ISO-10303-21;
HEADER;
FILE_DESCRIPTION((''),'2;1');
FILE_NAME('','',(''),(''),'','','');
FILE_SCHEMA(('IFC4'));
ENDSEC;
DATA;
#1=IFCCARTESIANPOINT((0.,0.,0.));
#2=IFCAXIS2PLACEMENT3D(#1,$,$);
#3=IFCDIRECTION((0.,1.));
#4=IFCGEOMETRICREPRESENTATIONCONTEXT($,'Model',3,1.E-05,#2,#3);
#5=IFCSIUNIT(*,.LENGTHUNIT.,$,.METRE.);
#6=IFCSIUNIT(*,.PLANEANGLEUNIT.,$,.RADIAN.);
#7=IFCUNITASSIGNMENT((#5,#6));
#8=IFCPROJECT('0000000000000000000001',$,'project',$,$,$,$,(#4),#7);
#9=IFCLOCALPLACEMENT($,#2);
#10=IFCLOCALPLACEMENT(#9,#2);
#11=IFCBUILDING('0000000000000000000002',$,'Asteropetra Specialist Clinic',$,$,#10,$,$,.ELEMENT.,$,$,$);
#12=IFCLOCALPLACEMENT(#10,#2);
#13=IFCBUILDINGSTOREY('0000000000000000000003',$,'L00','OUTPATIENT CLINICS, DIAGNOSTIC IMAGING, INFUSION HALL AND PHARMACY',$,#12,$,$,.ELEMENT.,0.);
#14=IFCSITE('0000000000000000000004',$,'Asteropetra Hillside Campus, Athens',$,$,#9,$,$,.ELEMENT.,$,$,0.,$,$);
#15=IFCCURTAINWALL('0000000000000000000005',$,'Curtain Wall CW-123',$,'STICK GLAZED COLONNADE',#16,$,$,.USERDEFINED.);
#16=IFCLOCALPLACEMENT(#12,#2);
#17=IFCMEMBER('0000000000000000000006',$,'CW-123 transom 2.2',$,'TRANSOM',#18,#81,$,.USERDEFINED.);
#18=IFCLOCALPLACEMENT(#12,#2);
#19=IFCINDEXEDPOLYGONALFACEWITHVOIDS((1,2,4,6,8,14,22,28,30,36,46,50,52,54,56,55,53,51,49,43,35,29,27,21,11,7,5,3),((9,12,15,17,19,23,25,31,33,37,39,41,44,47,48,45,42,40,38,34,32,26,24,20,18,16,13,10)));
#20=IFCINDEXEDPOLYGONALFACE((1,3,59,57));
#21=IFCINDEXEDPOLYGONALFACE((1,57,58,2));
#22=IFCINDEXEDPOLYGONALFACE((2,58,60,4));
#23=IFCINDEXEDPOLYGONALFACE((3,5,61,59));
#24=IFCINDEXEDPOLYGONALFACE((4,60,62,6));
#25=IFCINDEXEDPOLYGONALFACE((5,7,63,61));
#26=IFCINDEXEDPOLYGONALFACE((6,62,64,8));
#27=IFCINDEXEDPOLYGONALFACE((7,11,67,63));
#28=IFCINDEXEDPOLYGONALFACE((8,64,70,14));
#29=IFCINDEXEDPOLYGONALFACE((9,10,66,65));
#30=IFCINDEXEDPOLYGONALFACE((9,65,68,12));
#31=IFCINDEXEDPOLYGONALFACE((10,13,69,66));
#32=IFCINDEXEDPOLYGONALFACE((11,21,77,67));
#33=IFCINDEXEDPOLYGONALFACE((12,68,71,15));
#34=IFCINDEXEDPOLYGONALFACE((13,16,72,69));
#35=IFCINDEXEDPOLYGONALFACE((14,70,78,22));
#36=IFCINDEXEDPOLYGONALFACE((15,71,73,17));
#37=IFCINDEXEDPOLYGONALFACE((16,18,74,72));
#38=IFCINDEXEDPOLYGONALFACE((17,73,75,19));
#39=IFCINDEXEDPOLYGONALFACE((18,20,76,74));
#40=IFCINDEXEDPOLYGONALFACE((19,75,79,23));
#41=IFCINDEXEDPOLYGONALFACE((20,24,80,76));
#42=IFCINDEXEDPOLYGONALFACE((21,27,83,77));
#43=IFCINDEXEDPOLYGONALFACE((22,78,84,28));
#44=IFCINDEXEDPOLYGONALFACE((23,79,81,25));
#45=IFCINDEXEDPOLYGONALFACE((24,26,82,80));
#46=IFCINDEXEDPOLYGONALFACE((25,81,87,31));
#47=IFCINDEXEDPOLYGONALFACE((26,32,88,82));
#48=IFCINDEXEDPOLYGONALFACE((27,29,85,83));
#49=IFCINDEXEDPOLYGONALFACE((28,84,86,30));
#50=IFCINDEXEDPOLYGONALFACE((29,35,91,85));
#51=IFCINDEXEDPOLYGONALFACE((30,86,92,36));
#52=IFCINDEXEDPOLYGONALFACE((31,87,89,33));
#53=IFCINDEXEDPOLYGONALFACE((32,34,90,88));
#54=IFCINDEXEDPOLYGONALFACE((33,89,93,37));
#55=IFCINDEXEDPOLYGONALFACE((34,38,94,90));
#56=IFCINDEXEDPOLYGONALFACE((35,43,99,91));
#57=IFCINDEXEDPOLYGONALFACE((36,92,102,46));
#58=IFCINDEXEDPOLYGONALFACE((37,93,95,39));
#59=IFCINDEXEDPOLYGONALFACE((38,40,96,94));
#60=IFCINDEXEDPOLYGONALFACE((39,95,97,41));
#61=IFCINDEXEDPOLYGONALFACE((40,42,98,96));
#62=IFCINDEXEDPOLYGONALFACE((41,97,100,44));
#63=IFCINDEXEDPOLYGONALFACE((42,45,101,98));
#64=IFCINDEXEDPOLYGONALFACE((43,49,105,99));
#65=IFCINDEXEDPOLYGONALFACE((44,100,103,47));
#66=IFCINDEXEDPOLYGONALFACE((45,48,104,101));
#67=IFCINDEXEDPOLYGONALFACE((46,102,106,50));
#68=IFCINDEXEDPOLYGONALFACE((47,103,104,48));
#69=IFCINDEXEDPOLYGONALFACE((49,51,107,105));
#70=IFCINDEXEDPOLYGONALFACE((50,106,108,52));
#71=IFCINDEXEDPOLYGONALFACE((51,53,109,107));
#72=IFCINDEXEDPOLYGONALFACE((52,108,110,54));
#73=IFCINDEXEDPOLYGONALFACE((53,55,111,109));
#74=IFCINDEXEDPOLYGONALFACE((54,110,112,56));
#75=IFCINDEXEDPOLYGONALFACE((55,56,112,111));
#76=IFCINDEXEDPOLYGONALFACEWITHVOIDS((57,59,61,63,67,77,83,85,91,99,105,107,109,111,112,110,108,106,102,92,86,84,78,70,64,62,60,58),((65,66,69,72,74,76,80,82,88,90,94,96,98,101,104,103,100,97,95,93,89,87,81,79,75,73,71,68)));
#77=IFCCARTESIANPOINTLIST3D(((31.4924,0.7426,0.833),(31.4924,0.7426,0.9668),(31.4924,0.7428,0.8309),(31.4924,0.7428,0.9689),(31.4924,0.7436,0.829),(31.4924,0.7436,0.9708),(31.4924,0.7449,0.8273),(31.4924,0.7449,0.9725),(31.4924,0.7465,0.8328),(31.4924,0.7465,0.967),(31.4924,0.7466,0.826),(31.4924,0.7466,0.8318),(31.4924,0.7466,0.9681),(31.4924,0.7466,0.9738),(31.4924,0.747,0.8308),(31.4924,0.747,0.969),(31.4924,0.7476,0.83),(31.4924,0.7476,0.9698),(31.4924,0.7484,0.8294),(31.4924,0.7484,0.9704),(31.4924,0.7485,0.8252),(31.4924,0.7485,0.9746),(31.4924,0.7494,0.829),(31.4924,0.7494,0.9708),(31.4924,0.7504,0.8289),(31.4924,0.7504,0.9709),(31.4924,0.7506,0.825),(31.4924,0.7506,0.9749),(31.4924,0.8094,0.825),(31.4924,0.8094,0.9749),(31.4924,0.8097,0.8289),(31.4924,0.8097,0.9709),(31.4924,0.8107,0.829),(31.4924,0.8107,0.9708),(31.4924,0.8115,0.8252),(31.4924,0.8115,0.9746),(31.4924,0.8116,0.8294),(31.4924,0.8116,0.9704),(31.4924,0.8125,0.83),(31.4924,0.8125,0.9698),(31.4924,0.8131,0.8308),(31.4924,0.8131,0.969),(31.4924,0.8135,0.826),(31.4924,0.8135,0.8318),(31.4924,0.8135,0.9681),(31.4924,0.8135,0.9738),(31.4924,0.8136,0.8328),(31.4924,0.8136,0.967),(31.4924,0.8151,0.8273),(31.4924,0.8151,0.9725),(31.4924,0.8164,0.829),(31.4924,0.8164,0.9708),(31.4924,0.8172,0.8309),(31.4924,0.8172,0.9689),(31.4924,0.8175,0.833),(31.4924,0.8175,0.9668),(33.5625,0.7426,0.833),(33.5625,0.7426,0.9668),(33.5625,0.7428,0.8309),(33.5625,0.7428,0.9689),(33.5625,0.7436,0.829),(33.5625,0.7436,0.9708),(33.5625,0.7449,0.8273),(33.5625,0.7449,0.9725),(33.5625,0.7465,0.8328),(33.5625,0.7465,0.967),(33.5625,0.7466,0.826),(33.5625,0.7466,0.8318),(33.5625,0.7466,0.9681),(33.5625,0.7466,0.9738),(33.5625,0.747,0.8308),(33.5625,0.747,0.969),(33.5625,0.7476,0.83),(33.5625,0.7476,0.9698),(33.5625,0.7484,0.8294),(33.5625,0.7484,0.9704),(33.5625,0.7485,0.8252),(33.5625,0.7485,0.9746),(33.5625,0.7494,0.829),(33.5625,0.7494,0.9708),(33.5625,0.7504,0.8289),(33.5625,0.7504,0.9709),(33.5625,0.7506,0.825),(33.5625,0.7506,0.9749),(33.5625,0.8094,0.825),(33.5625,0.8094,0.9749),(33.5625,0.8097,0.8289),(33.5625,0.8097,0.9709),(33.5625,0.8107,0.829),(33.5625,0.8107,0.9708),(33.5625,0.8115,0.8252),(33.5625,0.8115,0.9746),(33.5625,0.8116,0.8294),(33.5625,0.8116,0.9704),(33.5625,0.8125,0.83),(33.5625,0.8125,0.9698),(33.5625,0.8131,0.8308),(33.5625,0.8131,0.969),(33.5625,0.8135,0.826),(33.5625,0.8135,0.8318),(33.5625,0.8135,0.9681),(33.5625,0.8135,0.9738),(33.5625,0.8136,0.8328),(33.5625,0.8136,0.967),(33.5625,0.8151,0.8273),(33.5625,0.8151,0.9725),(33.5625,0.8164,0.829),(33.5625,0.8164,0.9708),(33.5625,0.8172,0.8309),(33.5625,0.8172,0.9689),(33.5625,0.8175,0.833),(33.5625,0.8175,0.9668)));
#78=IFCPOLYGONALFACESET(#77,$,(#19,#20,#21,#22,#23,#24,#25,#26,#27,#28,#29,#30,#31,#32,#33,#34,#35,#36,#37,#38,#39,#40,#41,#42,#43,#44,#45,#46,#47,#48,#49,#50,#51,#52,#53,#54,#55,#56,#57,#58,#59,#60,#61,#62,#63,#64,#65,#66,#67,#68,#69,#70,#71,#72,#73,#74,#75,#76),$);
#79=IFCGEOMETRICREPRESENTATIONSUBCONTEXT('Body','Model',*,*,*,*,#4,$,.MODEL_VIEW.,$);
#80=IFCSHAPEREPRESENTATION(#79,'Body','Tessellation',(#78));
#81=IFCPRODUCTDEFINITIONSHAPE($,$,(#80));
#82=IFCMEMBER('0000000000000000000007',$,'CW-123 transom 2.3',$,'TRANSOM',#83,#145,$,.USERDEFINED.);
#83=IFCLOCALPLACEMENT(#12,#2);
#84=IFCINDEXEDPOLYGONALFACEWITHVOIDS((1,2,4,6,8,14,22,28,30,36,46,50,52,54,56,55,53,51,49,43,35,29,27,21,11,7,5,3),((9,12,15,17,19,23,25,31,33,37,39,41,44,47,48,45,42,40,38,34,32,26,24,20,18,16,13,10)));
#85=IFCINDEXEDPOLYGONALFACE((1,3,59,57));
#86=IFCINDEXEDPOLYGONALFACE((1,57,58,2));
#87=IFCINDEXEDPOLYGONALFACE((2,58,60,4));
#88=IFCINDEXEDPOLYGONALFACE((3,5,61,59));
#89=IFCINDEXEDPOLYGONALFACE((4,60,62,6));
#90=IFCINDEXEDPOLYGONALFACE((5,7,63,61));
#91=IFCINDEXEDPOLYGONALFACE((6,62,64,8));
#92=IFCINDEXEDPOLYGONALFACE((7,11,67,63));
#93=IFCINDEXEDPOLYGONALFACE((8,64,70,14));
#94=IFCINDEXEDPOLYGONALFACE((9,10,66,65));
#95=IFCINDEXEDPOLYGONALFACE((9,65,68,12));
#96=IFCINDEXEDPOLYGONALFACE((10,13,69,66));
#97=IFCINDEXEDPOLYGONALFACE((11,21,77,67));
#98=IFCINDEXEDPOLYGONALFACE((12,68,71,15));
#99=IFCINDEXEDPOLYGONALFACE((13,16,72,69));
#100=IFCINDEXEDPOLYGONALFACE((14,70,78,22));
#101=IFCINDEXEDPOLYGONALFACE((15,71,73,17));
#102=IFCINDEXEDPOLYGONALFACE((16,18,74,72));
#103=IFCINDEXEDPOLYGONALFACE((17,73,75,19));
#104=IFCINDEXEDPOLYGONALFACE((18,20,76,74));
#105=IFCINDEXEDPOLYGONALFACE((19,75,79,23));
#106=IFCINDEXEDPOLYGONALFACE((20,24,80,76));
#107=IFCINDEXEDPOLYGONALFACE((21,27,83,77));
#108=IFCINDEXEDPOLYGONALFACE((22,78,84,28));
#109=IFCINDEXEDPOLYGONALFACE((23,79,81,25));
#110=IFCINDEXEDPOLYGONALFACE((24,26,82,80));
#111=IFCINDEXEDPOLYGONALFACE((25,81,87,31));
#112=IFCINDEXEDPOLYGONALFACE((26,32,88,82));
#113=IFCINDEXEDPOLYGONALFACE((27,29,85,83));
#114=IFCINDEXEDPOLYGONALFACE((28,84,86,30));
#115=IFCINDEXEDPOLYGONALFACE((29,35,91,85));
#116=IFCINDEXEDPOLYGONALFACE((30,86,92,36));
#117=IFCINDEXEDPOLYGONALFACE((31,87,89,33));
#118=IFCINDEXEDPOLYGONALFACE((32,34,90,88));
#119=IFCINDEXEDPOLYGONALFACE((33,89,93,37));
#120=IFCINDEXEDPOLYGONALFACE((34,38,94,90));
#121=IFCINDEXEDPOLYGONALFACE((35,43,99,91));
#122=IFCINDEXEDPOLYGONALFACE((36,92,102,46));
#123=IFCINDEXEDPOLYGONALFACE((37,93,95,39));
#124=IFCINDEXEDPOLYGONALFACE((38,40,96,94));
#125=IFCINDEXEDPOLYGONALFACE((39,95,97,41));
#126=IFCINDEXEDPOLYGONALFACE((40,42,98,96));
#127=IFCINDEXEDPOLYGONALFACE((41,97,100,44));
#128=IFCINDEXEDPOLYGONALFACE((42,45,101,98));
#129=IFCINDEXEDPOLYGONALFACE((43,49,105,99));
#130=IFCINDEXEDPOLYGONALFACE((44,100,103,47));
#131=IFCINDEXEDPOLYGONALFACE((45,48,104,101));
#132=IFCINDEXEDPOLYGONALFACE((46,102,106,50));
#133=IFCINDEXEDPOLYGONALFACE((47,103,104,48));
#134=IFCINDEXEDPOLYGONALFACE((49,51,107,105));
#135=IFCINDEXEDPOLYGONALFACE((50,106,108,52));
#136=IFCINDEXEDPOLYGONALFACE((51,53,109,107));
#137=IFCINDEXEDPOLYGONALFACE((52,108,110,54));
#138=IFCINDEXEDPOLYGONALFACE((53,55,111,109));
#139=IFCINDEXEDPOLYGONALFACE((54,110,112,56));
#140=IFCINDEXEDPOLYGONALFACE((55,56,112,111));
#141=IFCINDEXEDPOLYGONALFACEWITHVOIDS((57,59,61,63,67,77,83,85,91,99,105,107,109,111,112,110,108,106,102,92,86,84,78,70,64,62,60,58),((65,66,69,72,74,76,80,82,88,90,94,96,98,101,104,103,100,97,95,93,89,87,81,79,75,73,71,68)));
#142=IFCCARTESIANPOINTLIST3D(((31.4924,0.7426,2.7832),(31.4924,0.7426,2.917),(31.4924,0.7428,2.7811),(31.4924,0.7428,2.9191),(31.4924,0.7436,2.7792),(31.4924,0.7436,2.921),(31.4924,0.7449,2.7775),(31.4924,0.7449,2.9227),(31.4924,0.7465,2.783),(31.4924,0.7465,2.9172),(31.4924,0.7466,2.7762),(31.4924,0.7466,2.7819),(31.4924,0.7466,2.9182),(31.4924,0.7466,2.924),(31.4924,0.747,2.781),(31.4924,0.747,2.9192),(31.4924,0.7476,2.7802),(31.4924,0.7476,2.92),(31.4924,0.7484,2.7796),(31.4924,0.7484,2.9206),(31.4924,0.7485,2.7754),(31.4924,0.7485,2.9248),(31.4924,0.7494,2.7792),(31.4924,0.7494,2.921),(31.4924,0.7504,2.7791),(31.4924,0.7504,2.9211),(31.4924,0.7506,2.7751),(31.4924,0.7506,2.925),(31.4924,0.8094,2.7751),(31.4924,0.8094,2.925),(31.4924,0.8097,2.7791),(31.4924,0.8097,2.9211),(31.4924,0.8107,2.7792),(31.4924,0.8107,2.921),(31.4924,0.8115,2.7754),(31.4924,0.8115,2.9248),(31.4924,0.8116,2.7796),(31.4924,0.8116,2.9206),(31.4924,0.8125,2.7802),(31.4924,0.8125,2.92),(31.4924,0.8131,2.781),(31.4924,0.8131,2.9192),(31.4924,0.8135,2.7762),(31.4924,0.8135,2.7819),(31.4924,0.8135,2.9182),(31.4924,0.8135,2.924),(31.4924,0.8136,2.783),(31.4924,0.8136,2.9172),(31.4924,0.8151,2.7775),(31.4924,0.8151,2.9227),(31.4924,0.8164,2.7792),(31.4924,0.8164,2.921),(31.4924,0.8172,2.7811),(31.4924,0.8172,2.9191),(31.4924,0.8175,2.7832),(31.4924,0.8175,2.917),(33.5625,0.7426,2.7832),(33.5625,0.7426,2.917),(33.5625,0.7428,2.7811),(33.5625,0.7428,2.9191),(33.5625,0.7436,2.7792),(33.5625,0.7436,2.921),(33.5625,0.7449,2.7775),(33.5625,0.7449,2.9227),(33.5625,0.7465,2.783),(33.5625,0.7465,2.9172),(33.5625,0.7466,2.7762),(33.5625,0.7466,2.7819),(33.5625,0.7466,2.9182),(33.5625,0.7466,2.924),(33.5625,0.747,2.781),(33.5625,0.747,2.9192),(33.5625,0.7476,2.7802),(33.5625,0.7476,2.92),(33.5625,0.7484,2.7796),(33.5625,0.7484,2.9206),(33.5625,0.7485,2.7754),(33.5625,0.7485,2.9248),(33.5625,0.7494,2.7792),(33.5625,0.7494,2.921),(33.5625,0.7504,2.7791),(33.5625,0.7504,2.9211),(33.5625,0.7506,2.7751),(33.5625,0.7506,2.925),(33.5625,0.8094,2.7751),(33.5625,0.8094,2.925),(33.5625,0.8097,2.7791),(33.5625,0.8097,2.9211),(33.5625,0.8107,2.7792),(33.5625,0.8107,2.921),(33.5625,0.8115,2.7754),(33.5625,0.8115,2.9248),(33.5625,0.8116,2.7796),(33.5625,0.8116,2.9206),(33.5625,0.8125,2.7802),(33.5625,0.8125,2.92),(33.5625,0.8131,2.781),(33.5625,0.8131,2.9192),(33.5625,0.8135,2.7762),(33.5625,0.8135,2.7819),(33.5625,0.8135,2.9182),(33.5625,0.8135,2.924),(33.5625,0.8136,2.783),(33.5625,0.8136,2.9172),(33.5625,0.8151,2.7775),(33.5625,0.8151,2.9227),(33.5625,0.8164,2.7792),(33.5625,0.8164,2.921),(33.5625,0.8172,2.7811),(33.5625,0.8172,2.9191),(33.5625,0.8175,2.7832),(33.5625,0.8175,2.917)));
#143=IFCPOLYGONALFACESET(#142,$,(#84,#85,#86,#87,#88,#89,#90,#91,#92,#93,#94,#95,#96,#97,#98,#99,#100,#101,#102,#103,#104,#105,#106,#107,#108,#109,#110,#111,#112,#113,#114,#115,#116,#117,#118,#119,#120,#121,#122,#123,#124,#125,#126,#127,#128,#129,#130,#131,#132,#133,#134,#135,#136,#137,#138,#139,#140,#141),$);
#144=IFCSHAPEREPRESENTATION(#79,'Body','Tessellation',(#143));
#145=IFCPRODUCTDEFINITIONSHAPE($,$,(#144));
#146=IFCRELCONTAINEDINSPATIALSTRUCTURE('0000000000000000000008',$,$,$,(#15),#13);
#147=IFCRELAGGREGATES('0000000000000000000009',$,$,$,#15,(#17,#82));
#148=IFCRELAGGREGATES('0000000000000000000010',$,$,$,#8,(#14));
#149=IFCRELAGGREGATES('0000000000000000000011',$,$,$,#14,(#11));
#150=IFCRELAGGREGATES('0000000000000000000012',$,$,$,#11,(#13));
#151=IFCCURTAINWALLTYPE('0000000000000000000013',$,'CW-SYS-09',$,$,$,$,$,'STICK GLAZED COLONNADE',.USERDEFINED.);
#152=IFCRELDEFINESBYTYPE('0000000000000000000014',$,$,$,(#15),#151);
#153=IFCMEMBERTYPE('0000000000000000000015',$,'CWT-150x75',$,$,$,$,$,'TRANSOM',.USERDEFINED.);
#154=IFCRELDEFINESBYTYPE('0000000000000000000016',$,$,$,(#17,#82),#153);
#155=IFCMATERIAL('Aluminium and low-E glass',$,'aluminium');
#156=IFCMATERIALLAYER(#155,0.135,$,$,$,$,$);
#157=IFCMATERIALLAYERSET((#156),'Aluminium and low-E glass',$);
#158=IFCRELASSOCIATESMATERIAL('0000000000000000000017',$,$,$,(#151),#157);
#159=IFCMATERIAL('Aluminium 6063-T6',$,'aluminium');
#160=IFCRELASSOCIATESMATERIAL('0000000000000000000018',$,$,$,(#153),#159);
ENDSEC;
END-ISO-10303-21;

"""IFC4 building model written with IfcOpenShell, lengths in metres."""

from ifc_helpers import new_model, si_unit, direction, frame, origin, origin_2d, place, context, subcontext, project, spatial, hollow_rectangle, extrude, material, layer, layer_set, material_profile, profile_set, type_object, element, aggregate, save


model = new_model("IFC4")

# Units and contexts
model_context = context("Model", 3, precision=1e-05, world=origin(), true_north=direction((0.0, 1.0)))
body_context = subcontext(model_context, "Body", "Model", "MODEL_VIEW")
ifc_project = project(units=[si_unit("LENGTHUNIT", "METRE"), si_unit("PLANEANGLEUNIT", "RADIAN")], contexts=[model_context])

# Site, building, storey
site_placement = place(None, origin())
site = spatial("IfcSite", under=ifc_project, at=site_placement, Name="Asteropetra Hillside Campus, Athens", CompositionType="ELEMENT", RefElevation=0.0)
building_placement = place(site_placement, origin())
building = spatial("IfcBuilding", under=site, at=building_placement, Name="Asteropetra Specialist Clinic", CompositionType="ELEMENT")
storey_placement = place(building_placement, origin())
storey = spatial("IfcBuildingStorey", under=building, at=storey_placement, Name="L00", Description="OUTPATIENT CLINICS, DIAGNOSTIC IMAGING, INFUSION HALL AND PHARMACY", CompositionType="ELEMENT", Elevation=0.0)

# Curtain wall
ifc_material_1 = material(Name="Aluminium and low-E glass", Category="aluminium")
ifc_layer_1 = layer(ifc_material_1, 0.135)
ifc_layer_set_1 = layer_set([ifc_layer_1], Name="Aluminium and low-E glass")
curtain_wall_type_1 = type_object("IfcCurtainWallType", Name="CW-SYS-09", ElementType="STICK GLAZED COLONNADE", PredefinedType="USERDEFINED", material=ifc_layer_set_1)
curtain_wall_1_placement = place(storey_placement, origin())
curtain_wall_1 = element("IfcCurtainWall", 1, at=curtain_wall_1_placement, inside=storey, type_object=curtain_wall_type_1, Name="Curtain Wall CW-123", ObjectType="STICK GLAZED COLONNADE", PredefinedType="USERDEFINED")

# Members
ifc_material_2 = material(Name="Aluminium 6063-T6", Category="aluminium")
ifc_material_profile_1 = material_profile(ifc_material_2, hollow_rectangle(XDim=0.075, YDim=0.1499, WallThickness=0.0039, InnerFilletRadius=0.0039, OuterFilletRadius=0.0081, at=origin_2d()), Name="TRN 150x75x4.0")
ifc_profile_set_1 = profile_set([ifc_material_profile_1], Name="Aluminium 6063-T6")
member_type_1 = type_object("IfcMemberType", Name="CWT-150x75", ElementType="TRANSOM", PredefinedType="USERDEFINED", material=ifc_profile_set_1)
member_1_placement = place(storey_placement, frame((31.4924, 0.78, 0.8999), z_axis=(1.0, 0.0, 0.0), x_axis=(0.0, 1.0, 0.0)))
member_1 = element("IfcMember", 2, at=member_1_placement, type_object=member_type_1, Name="CW-123 transom 2.2", ObjectType="TRANSOM", PredefinedType="USERDEFINED", context=body_context, shape_type="SweptSolid", body=[
    extrude(hollow_rectangle(XDim=0.075, YDim=0.1499, WallThickness=0.0039, InnerFilletRadius=0.0039, OuterFilletRadius=0.0081, at=origin_2d()), origin(), (0.0, 0.0, 1.0), 2.0701),
])
member_2_placement = place(storey_placement, frame((31.4924, 0.78, 2.8501), z_axis=(1.0, 0.0, 0.0), x_axis=(0.0, 1.0, 0.0)))
member_2 = element("IfcMember", 3, at=member_2_placement, type_object=member_type_1, Name="CW-123 transom 2.3", ObjectType="TRANSOM", PredefinedType="USERDEFINED", context=body_context, shape_type="SweptSolid", body=[
    extrude(hollow_rectangle(XDim=0.075, YDim=0.1499, WallThickness=0.0039, InnerFilletRadius=0.0039, OuterFilletRadius=0.0081, at=origin_2d()), origin(), (0.0, 0.0, 1.0), 2.0701),
])

aggregate(curtain_wall_1, [member_1, member_2])

save(model, "model.ifc")
